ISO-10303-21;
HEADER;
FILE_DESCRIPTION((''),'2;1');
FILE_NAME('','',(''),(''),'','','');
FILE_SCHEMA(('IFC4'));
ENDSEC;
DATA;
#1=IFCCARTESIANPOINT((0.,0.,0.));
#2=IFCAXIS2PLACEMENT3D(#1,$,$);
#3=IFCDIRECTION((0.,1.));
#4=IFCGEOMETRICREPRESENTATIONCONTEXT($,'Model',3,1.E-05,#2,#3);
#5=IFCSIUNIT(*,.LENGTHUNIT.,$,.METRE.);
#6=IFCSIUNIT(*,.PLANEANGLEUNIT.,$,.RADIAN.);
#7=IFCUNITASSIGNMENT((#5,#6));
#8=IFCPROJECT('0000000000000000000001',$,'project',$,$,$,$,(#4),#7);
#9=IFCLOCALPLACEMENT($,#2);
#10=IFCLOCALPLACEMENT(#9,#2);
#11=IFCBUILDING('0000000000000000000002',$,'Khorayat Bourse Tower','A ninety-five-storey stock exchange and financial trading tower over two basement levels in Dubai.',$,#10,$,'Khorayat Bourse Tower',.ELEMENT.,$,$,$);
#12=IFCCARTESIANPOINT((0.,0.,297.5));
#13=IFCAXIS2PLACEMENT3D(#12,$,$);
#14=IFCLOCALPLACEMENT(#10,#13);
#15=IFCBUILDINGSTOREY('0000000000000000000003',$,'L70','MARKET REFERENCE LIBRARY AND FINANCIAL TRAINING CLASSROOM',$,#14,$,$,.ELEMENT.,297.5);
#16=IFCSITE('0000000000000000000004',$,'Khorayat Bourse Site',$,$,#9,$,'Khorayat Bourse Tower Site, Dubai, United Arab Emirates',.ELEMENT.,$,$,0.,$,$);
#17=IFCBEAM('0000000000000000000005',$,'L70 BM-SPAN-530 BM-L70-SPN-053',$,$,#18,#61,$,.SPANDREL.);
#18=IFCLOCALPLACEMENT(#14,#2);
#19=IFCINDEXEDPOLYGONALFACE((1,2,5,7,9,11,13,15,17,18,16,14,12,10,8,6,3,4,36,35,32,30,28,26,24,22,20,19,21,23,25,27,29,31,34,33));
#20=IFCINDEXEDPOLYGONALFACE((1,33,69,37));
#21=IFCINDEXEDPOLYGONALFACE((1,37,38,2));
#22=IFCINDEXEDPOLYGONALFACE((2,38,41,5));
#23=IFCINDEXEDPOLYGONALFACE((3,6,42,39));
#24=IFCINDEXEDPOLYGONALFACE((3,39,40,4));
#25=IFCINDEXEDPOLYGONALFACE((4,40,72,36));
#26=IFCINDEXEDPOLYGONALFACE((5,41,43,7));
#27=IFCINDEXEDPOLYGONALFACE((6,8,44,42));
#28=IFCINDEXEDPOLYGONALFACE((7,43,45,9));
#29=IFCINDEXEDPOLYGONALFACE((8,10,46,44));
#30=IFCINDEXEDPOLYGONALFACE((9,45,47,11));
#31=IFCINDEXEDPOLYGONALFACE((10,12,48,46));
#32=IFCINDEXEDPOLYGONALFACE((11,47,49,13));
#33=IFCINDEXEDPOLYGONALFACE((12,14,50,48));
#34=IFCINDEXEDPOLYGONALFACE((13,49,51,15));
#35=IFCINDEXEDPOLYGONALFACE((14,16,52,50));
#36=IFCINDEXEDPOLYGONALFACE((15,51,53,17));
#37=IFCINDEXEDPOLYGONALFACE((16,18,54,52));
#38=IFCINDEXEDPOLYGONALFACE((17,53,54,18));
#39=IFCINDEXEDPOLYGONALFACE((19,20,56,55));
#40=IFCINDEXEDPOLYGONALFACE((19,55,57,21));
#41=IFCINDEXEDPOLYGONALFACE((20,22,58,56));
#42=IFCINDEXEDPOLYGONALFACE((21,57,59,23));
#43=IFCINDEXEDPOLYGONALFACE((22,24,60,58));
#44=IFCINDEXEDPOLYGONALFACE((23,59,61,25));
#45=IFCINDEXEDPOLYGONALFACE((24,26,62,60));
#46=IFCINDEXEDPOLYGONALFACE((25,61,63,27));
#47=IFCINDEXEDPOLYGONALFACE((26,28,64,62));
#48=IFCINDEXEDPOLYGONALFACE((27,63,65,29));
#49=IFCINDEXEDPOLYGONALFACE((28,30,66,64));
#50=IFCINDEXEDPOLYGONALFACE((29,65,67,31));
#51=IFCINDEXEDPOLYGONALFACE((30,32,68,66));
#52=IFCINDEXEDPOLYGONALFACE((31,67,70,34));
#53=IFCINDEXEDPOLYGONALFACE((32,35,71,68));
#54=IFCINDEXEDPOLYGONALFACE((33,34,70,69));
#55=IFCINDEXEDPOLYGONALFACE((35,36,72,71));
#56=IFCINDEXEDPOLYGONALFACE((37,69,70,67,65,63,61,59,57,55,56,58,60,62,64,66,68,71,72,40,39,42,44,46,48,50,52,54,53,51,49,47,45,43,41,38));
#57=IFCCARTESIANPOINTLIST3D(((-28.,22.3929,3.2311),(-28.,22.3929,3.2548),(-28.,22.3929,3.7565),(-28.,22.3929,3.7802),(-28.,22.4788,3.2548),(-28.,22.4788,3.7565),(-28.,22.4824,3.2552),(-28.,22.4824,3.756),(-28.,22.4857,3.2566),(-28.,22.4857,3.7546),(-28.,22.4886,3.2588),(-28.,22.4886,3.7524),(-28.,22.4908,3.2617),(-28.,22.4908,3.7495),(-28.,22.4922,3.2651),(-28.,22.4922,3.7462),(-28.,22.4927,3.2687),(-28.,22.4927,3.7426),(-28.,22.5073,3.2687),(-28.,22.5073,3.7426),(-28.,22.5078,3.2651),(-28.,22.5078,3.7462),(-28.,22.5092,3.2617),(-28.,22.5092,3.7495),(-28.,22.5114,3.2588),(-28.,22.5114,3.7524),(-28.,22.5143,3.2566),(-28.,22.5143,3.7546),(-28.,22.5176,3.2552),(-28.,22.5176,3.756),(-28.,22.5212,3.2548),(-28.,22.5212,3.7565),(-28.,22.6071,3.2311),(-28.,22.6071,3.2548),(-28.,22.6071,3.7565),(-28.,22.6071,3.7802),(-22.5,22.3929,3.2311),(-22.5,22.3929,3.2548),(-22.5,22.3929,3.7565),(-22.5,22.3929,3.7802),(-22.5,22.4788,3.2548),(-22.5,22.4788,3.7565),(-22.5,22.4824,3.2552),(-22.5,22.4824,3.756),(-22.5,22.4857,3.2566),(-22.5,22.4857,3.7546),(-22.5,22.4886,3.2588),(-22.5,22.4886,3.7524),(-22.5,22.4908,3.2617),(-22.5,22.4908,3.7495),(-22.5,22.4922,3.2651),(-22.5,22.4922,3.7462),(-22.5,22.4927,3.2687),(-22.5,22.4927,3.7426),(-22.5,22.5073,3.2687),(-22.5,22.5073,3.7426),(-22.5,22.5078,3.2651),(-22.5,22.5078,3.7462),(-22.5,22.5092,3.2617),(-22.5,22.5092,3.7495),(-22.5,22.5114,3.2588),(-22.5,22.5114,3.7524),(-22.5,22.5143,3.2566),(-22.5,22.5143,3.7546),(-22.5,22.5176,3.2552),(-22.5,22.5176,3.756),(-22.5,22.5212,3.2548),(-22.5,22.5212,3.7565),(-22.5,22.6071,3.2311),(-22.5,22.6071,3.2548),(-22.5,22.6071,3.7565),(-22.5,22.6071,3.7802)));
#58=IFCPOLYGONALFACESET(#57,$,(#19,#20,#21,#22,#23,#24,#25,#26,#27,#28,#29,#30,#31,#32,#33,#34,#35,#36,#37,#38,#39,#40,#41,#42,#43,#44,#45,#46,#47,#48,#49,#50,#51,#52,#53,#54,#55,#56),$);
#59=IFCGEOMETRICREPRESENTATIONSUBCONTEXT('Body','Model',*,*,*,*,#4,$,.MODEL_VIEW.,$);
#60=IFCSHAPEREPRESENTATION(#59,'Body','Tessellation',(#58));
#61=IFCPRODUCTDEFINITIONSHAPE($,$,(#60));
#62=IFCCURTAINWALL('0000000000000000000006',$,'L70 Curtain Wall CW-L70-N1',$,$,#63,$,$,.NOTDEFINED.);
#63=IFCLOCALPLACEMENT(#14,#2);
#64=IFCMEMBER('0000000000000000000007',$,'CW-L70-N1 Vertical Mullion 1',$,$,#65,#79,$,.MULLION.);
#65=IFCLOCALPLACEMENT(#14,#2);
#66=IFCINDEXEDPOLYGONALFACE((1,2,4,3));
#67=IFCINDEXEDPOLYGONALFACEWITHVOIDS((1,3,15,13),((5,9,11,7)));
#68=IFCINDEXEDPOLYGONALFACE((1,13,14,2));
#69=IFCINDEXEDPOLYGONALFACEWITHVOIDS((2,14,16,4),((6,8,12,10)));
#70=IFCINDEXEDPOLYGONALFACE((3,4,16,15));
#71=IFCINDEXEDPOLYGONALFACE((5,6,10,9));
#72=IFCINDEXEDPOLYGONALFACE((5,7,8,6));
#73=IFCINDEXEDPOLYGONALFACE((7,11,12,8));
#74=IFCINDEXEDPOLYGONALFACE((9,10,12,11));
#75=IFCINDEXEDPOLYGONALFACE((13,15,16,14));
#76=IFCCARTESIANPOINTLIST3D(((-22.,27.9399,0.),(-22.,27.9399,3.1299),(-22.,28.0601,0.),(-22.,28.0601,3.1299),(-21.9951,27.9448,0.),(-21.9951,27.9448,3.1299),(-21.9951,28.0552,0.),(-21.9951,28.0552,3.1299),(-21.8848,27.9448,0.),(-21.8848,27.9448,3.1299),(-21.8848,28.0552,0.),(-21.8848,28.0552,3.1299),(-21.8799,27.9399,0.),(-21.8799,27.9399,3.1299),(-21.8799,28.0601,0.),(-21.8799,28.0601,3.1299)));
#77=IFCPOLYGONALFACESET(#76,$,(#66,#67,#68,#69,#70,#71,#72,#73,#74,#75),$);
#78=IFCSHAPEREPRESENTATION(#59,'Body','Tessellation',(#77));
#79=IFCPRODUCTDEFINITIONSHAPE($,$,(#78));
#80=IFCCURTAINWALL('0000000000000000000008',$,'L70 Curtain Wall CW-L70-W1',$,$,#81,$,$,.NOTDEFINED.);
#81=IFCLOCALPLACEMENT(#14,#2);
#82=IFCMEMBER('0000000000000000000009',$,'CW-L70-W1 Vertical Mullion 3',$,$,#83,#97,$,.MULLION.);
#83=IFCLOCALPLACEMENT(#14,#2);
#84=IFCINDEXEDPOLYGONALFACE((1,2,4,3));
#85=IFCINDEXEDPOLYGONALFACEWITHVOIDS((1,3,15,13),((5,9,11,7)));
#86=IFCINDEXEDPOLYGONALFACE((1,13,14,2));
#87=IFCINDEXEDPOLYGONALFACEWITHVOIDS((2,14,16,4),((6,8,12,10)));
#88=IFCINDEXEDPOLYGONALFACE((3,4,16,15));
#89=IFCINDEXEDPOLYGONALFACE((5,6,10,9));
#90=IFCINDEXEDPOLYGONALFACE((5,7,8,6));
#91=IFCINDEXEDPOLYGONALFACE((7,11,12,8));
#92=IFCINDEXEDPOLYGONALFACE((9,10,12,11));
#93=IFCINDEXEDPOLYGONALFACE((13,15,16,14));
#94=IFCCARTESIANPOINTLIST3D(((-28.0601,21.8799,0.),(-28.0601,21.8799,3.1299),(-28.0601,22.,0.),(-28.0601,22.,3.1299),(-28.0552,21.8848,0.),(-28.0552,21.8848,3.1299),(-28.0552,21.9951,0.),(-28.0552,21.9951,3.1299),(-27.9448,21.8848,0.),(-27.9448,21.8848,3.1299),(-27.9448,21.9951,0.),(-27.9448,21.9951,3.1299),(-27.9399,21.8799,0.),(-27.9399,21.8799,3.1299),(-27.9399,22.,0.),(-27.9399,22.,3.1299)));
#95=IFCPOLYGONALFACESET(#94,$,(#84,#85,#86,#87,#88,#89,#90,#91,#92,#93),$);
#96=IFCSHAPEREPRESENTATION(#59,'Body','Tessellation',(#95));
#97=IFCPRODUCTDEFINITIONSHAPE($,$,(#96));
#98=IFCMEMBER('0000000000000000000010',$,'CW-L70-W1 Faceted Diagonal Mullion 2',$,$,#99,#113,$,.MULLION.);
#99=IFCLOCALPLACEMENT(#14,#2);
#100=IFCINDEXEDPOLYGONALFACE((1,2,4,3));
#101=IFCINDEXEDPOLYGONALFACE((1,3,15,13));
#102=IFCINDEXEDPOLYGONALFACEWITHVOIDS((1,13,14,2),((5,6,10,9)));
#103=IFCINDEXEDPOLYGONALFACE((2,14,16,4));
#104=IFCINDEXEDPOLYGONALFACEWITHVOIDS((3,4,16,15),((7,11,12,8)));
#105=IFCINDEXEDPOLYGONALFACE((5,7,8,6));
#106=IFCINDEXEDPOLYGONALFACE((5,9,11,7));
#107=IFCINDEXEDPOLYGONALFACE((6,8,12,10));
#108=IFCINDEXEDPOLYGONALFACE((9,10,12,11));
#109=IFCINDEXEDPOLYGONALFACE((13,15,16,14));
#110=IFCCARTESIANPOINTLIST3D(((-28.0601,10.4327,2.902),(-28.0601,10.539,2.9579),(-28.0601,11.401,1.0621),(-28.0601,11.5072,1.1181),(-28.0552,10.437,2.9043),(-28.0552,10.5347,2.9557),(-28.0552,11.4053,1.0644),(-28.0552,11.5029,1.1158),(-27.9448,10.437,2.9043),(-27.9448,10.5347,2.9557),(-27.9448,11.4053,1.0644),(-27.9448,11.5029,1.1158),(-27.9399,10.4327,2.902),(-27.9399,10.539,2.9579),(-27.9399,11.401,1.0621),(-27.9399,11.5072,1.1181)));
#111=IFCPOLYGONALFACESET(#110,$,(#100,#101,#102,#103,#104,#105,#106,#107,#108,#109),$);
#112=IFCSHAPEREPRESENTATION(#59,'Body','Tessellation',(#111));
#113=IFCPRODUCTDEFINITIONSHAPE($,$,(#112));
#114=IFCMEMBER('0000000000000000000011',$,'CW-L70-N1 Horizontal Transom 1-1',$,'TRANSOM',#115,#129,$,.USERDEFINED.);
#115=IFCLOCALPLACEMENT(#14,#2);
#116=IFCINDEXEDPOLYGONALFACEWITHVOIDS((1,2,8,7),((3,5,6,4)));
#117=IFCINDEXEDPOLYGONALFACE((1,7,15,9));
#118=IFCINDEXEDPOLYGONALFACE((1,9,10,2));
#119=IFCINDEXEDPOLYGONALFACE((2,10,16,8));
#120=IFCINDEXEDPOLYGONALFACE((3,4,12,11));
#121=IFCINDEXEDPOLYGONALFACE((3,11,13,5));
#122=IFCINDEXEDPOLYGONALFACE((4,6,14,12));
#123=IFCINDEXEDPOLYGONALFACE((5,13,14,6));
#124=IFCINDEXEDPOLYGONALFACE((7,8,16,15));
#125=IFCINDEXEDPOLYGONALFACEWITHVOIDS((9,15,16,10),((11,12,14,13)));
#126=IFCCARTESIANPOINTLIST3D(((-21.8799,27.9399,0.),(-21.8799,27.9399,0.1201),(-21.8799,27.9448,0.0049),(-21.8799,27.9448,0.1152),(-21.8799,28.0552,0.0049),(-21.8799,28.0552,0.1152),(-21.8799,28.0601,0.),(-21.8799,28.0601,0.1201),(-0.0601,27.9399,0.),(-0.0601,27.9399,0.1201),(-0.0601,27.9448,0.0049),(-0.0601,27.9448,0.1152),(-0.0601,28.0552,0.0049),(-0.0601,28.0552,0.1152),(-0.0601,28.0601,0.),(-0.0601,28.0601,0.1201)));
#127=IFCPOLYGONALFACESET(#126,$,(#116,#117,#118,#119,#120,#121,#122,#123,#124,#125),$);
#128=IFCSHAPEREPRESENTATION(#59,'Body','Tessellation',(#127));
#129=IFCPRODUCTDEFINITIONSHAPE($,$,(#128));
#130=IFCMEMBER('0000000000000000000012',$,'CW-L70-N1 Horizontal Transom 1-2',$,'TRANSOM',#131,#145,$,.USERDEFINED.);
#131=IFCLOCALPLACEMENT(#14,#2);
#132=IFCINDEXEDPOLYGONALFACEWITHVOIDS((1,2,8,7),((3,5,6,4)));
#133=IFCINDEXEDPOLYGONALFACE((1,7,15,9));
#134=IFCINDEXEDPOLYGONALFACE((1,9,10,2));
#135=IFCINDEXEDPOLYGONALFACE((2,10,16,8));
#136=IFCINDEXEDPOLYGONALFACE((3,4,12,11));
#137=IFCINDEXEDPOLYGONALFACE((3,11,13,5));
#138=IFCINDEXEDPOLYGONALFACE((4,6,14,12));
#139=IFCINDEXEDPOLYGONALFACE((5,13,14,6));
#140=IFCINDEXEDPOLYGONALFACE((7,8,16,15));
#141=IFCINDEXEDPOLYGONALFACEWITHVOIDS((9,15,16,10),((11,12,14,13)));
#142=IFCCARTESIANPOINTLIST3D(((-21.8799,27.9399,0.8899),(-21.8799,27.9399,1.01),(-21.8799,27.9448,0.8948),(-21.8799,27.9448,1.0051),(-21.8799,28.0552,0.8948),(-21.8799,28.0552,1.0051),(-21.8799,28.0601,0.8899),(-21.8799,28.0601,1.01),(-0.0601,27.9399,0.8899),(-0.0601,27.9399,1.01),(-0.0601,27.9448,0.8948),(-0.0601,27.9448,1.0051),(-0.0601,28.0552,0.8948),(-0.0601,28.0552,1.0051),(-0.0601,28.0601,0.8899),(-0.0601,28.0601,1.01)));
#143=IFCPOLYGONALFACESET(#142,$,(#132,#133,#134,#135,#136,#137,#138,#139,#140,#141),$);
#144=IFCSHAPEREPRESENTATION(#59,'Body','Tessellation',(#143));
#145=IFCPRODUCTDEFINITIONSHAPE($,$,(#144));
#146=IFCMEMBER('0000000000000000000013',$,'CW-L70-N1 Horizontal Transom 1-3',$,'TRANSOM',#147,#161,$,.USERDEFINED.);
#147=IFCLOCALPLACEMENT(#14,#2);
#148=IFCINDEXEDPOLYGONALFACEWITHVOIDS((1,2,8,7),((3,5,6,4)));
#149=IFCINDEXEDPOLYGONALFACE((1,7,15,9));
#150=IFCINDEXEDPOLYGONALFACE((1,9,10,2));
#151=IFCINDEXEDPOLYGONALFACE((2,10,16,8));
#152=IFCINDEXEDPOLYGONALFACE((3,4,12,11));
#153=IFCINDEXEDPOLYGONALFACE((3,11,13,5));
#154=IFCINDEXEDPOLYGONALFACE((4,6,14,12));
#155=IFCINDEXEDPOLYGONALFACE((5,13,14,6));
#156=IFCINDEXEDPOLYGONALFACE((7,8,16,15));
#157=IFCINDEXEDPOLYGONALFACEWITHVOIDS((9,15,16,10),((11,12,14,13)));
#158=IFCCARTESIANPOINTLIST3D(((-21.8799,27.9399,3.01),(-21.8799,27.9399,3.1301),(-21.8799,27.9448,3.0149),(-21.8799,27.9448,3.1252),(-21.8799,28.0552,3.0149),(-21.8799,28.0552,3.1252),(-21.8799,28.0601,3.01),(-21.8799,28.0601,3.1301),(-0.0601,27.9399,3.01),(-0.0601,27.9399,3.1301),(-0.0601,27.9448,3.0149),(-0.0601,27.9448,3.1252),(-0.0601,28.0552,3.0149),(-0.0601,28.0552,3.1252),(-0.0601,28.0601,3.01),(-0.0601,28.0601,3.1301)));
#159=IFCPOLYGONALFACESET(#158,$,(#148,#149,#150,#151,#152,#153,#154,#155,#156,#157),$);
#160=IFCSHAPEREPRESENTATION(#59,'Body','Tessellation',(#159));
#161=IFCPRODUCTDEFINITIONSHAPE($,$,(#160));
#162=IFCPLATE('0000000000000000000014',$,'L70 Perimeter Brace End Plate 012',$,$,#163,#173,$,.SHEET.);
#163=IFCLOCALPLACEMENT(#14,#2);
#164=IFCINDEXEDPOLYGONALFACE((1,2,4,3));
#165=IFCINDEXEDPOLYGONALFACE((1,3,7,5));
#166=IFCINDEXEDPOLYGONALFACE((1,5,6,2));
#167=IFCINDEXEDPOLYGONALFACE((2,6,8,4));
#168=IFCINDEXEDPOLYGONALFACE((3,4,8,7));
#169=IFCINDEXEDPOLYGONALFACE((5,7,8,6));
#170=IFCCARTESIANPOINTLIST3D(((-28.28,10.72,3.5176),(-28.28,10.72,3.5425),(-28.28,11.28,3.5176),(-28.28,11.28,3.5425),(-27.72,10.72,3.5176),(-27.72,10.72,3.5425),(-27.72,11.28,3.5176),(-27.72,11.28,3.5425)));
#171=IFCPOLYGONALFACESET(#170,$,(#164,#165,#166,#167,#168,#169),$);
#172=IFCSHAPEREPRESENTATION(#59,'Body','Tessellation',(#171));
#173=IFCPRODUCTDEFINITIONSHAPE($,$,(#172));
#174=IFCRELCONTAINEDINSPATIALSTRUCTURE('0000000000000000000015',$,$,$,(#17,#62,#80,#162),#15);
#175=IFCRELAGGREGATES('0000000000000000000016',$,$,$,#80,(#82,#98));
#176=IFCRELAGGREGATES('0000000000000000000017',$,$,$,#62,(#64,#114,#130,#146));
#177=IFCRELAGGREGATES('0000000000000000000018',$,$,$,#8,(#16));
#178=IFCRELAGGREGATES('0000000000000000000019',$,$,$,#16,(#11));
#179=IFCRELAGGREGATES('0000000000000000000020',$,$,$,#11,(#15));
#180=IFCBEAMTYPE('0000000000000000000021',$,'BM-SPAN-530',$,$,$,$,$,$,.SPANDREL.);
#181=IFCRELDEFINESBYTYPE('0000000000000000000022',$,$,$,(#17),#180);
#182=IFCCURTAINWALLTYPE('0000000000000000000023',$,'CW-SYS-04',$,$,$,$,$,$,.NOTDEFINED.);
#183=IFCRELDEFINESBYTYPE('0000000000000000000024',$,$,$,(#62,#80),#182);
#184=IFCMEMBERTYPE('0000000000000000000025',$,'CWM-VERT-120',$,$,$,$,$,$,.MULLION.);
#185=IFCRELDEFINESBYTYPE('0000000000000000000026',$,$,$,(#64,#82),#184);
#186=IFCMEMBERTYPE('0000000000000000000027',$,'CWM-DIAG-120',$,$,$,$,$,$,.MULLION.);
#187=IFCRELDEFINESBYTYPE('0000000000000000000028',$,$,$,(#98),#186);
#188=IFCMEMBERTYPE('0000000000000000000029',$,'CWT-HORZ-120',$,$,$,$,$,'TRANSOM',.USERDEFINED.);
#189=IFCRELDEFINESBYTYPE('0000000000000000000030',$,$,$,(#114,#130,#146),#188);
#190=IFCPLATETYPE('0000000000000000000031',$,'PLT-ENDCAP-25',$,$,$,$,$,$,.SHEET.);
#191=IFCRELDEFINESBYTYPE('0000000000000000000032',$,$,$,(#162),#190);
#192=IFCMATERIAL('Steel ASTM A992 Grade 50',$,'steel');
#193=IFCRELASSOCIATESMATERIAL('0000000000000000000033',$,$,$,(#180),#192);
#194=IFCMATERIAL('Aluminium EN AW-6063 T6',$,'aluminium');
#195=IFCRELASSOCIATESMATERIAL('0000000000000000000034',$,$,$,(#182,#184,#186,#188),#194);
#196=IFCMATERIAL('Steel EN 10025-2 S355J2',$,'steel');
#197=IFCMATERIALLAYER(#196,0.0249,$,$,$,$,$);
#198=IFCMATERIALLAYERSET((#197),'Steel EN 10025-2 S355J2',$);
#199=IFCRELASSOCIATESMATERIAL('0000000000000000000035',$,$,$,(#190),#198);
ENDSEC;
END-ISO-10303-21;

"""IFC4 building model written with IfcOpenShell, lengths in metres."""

from ifc_helpers import new_model, si_unit, direction, frame, origin, origin_2d, place, context, subcontext, project, spatial, rectangle, hollow_rectangle, i_section, extrude, source, transform, mapped, material, layer, layer_set, material_profile, profile_set, type_object, element, aggregate, save


model = new_model("IFC4")

# Units and contexts
model_context = context("Model", 3, precision=1e-05, world=origin(), true_north=direction((0.0, 1.0)))
body_context = subcontext(model_context, "Body", "Model", "MODEL_VIEW")
ifc_project = project(units=[si_unit("LENGTHUNIT", "METRE"), si_unit("PLANEANGLEUNIT", "RADIAN")], contexts=[model_context])

# Site, building, storey
site_placement = place(None, origin())
site = spatial("IfcSite", under=ifc_project, at=site_placement, Name="Khorayat Bourse Site", LongName="Khorayat Bourse Tower Site, Dubai, United Arab Emirates", CompositionType="ELEMENT", RefElevation=0.0)
building_placement = place(site_placement, origin())
building = spatial("IfcBuilding", under=site, at=building_placement, Name="Khorayat Bourse Tower", Description="A ninety-five-storey stock exchange and financial trading tower over two basement levels in Dubai.", LongName="Khorayat Bourse Tower", CompositionType="ELEMENT")
storey_placement = place(building_placement, frame((0.0, 0.0, 297.5)))
storey = spatial("IfcBuildingStorey", under=building, at=storey_placement, Name="L70", Description="MARKET REFERENCE LIBRARY AND FINANCIAL TRAINING CLASSROOM", CompositionType="ELEMENT", Elevation=297.5)

# Beam
ifc_material_1 = material(Name="Steel ASTM A992 Grade 50", Category="steel")
ifc_material_profile_1 = material_profile(ifc_material_1, i_section(OverallWidth=0.2141, OverallDepth=0.5491, WebThickness=0.0146, FlangeThickness=0.0237, FilletRadius=0.0139, at=origin_2d()), Name="W530X138")
ifc_profile_set_1 = profile_set([ifc_material_profile_1], Name="Steel ASTM A992 Grade 50")
beam_type_1 = type_object("IfcBeamType", Name="BM-SPAN-530", PredefinedType="SPANDREL", material=ifc_profile_set_1)
shared_shape_1 = source(origin(), body_context, "Body", "SweptSolid", [
    extrude(i_section(OverallWidth=0.2141, OverallDepth=0.5491, WebThickness=0.0146, FlangeThickness=0.0237, FilletRadius=0.0139, at=origin_2d()), origin(), (0.0, 0.0, 1.0), 5.5),
])
for number, where, z_axis, x_axis, name in (
    (1, (-28.0, 22.5, 3.5056), (1.0, 0.0, 0.0), (0.0, 1.0, 0.0), "L70 BM-SPAN-530 BM-L70-SPN-053"),
):
    element("IfcBeam", number, at=place(storey_placement, frame(where, z_axis=z_axis, x_axis=x_axis)), inside=storey, type_object=beam_type_1, Name=name, PredefinedType="SPANDREL", context=body_context, shape_type="MappedRepresentation", body=[
        mapped(shared_shape_1, transform((0.0, 0.0, 0.0), scale=1.0)),
    ])

# Curtain wall, member
ifc_material_2 = material(Name="Aluminium EN AW-6063 T6", Category="aluminium")
curtain_wall_type = type_object("IfcCurtainWallType", Name="CW-SYS-04", PredefinedType="NOTDEFINED", material=ifc_material_2)
curtain_wall_1_placement = place(storey_placement, origin())
curtain_wall_1 = element("IfcCurtainWall", 2, at=curtain_wall_1_placement, inside=storey, type_object=curtain_wall_type, Name="L70 Curtain Wall CW-L70-N1", PredefinedType="NOTDEFINED")
ifc_material_profile_2 = material_profile(ifc_material_2, hollow_rectangle(XDim=0.1201, YDim=0.1201, WallThickness=0.0049, at=origin_2d()), Name="ALU 120x120x5")
ifc_profile_set_2 = profile_set([ifc_material_profile_2], Name="Aluminium EN AW-6063 T6")
member_type_1 = type_object("IfcMemberType", Name="CWM-VERT-120", PredefinedType="MULLION", material=ifc_profile_set_2)
shared_shape_2 = source(origin(), body_context, "Body", "SweptSolid", [
    extrude(hollow_rectangle(XDim=0.1201, YDim=0.1201, WallThickness=0.0049, at=origin_2d()), origin(), (0.0, 0.0, 1.0), 3.1299),
])
member_1_placement = place(storey_placement, frame((-21.9399, 28.0, 0.0), z_axis=(0.0, 0.0, 1.0), x_axis=(0.0, 1.0, 0.0)))
member_1 = element("IfcMember", 3, at=member_1_placement, type_object=member_type_1, Name="CW-L70-N1 Vertical Mullion 1", PredefinedType="MULLION", context=body_context, shape_type="MappedRepresentation", body=[
    mapped(shared_shape_2, transform((0.0, 0.0, 0.0), scale=1.0)),
])

# Curtain wall, members
curtain_wall_2_placement = place(storey_placement, origin())
curtain_wall_2 = element("IfcCurtainWall", 4, at=curtain_wall_2_placement, inside=storey, type_object=curtain_wall_type, Name="L70 Curtain Wall CW-L70-W1", PredefinedType="NOTDEFINED")
member_2_placement = place(storey_placement, frame((-28.0, 21.9399, 0.0), z_axis=(0.0, 0.0, 1.0), x_axis=(-1.0, 0.0, 0.0)))
member_2 = element("IfcMember", 5, at=member_2_placement, type_object=member_type_1, Name="CW-L70-W1 Vertical Mullion 3", PredefinedType="MULLION", context=body_context, shape_type="MappedRepresentation", body=[
    mapped(shared_shape_2, transform((0.0, 0.0, 0.0), scale=1.0)),
])
ifc_material_profile_3 = material_profile(ifc_material_2, hollow_rectangle(XDim=0.1201, YDim=0.1201, WallThickness=0.0049, at=origin_2d()), Name="ALU 120x120x5")
ifc_profile_set_3 = profile_set([ifc_material_profile_3], Name="Aluminium EN AW-6063 T6")
member_type_2 = type_object("IfcMemberType", Name="CWM-DIAG-120", PredefinedType="MULLION", material=ifc_profile_set_3)
shared_shape_3 = source(origin(), body_context, "Body", "SweptSolid", [
    extrude(hollow_rectangle(XDim=0.1201, YDim=0.1201, WallThickness=0.0049, at=origin_2d()), origin(), (0.0, 0.0, 1.0), 2.0791),
])
member_3_placement = place(storey_placement, frame((-28.0, 11.4541, 1.0901), z_axis=(0.0, -0.465717, 0.884934), x_axis=(1.0, 0.0, 0.0)))
member_3 = element("IfcMember", 6, at=member_3_placement, type_object=member_type_2, Name="CW-L70-W1 Faceted Diagonal Mullion 2", PredefinedType="MULLION", context=body_context, shape_type="MappedRepresentation", body=[
    mapped(shared_shape_3, transform((0.0, 0.0, 0.0), scale=1.0)),
])
aggregate(curtain_wall_2, [member_2, member_3])

# Members
ifc_material_profile_4 = material_profile(ifc_material_2, hollow_rectangle(XDim=0.1201, YDim=0.1201, WallThickness=0.0049, at=origin_2d()), Name="ALU 120x120x5")
ifc_profile_set_4 = profile_set([ifc_material_profile_4], Name="Aluminium EN AW-6063 T6")
member_type_3 = type_object("IfcMemberType", Name="CWT-HORZ-120", ElementType="TRANSOM", PredefinedType="USERDEFINED", material=ifc_profile_set_4)
shared_shape_4 = source(origin(), body_context, "Body", "SweptSolid", [
    extrude(hollow_rectangle(XDim=0.1201, YDim=0.1201, WallThickness=0.0049, at=origin_2d()), origin(), (0.0, 0.0, 1.0), 21.8198),
])
member_4_placement = place(storey_placement, frame((-21.8799, 28.0, 0.0601), z_axis=(1.0, 0.0, 0.0), x_axis=(0.0, 1.0, 0.0)))
member_4 = element("IfcMember", 7, at=member_4_placement, type_object=member_type_3, Name="CW-L70-N1 Horizontal Transom 1-1", ObjectType="TRANSOM", PredefinedType="USERDEFINED", context=body_context, shape_type="MappedRepresentation", body=[
    mapped(shared_shape_4, transform((0.0, 0.0, 0.0), scale=1.0)),
])
member_5_placement = place(storey_placement, frame((-21.8799, 28.0, 0.95), z_axis=(1.0, 0.0, 0.0), x_axis=(0.0, 1.0, 0.0)))
member_5 = element("IfcMember", 8, at=member_5_placement, type_object=member_type_3, Name="CW-L70-N1 Horizontal Transom 1-2", ObjectType="TRANSOM", PredefinedType="USERDEFINED", context=body_context, shape_type="MappedRepresentation", body=[
    mapped(shared_shape_4, transform((0.0, 0.0, 0.0), scale=1.0)),
])
member_6_placement = place(storey_placement, frame((-21.8799, 28.0, 3.0701), z_axis=(1.0, 0.0, 0.0), x_axis=(0.0, 1.0, 0.0)))
member_6 = element("IfcMember", 9, at=member_6_placement, type_object=member_type_3, Name="CW-L70-N1 Horizontal Transom 1-3", ObjectType="TRANSOM", PredefinedType="USERDEFINED", context=body_context, shape_type="MappedRepresentation", body=[
    mapped(shared_shape_4, transform((0.0, 0.0, 0.0), scale=1.0)),
])
aggregate(curtain_wall_1, [member_1, member_4, member_5, member_6])

# Plate
ifc_material_3 = material(Name="Steel EN 10025-2 S355J2", Category="steel")
ifc_layer_1 = layer(ifc_material_3, 0.0249)
ifc_layer_set_1 = layer_set([ifc_layer_1], Name="Steel EN 10025-2 S355J2")
plate_type = type_object("IfcPlateType", Name="PLT-ENDCAP-25", PredefinedType="SHEET", material=ifc_layer_set_1)
shared_shape_5 = source(origin(), body_context, "Body", "SweptSolid", [
    extrude(rectangle(XDim=0.5601, YDim=0.5601, at=origin_2d()), origin(), (0.0, 0.0, 1.0), 0.0249),
])
plate_placement = place(storey_placement, frame((-28.0, 11.0, 3.5176), z_axis=(0.0, 0.0, 1.0), x_axis=(1.0, 0.0, 0.0)))
element("IfcPlate", 10, at=plate_placement, inside=storey, type_object=plate_type, Name="L70 Perimeter Brace End Plate 012", PredefinedType="SHEET", context=body_context, shape_type="MappedRepresentation", body=[
    mapped(shared_shape_5, transform((0.0, 0.0, 0.0), scale=1.0)),
])

save(model, "model.ifc")
